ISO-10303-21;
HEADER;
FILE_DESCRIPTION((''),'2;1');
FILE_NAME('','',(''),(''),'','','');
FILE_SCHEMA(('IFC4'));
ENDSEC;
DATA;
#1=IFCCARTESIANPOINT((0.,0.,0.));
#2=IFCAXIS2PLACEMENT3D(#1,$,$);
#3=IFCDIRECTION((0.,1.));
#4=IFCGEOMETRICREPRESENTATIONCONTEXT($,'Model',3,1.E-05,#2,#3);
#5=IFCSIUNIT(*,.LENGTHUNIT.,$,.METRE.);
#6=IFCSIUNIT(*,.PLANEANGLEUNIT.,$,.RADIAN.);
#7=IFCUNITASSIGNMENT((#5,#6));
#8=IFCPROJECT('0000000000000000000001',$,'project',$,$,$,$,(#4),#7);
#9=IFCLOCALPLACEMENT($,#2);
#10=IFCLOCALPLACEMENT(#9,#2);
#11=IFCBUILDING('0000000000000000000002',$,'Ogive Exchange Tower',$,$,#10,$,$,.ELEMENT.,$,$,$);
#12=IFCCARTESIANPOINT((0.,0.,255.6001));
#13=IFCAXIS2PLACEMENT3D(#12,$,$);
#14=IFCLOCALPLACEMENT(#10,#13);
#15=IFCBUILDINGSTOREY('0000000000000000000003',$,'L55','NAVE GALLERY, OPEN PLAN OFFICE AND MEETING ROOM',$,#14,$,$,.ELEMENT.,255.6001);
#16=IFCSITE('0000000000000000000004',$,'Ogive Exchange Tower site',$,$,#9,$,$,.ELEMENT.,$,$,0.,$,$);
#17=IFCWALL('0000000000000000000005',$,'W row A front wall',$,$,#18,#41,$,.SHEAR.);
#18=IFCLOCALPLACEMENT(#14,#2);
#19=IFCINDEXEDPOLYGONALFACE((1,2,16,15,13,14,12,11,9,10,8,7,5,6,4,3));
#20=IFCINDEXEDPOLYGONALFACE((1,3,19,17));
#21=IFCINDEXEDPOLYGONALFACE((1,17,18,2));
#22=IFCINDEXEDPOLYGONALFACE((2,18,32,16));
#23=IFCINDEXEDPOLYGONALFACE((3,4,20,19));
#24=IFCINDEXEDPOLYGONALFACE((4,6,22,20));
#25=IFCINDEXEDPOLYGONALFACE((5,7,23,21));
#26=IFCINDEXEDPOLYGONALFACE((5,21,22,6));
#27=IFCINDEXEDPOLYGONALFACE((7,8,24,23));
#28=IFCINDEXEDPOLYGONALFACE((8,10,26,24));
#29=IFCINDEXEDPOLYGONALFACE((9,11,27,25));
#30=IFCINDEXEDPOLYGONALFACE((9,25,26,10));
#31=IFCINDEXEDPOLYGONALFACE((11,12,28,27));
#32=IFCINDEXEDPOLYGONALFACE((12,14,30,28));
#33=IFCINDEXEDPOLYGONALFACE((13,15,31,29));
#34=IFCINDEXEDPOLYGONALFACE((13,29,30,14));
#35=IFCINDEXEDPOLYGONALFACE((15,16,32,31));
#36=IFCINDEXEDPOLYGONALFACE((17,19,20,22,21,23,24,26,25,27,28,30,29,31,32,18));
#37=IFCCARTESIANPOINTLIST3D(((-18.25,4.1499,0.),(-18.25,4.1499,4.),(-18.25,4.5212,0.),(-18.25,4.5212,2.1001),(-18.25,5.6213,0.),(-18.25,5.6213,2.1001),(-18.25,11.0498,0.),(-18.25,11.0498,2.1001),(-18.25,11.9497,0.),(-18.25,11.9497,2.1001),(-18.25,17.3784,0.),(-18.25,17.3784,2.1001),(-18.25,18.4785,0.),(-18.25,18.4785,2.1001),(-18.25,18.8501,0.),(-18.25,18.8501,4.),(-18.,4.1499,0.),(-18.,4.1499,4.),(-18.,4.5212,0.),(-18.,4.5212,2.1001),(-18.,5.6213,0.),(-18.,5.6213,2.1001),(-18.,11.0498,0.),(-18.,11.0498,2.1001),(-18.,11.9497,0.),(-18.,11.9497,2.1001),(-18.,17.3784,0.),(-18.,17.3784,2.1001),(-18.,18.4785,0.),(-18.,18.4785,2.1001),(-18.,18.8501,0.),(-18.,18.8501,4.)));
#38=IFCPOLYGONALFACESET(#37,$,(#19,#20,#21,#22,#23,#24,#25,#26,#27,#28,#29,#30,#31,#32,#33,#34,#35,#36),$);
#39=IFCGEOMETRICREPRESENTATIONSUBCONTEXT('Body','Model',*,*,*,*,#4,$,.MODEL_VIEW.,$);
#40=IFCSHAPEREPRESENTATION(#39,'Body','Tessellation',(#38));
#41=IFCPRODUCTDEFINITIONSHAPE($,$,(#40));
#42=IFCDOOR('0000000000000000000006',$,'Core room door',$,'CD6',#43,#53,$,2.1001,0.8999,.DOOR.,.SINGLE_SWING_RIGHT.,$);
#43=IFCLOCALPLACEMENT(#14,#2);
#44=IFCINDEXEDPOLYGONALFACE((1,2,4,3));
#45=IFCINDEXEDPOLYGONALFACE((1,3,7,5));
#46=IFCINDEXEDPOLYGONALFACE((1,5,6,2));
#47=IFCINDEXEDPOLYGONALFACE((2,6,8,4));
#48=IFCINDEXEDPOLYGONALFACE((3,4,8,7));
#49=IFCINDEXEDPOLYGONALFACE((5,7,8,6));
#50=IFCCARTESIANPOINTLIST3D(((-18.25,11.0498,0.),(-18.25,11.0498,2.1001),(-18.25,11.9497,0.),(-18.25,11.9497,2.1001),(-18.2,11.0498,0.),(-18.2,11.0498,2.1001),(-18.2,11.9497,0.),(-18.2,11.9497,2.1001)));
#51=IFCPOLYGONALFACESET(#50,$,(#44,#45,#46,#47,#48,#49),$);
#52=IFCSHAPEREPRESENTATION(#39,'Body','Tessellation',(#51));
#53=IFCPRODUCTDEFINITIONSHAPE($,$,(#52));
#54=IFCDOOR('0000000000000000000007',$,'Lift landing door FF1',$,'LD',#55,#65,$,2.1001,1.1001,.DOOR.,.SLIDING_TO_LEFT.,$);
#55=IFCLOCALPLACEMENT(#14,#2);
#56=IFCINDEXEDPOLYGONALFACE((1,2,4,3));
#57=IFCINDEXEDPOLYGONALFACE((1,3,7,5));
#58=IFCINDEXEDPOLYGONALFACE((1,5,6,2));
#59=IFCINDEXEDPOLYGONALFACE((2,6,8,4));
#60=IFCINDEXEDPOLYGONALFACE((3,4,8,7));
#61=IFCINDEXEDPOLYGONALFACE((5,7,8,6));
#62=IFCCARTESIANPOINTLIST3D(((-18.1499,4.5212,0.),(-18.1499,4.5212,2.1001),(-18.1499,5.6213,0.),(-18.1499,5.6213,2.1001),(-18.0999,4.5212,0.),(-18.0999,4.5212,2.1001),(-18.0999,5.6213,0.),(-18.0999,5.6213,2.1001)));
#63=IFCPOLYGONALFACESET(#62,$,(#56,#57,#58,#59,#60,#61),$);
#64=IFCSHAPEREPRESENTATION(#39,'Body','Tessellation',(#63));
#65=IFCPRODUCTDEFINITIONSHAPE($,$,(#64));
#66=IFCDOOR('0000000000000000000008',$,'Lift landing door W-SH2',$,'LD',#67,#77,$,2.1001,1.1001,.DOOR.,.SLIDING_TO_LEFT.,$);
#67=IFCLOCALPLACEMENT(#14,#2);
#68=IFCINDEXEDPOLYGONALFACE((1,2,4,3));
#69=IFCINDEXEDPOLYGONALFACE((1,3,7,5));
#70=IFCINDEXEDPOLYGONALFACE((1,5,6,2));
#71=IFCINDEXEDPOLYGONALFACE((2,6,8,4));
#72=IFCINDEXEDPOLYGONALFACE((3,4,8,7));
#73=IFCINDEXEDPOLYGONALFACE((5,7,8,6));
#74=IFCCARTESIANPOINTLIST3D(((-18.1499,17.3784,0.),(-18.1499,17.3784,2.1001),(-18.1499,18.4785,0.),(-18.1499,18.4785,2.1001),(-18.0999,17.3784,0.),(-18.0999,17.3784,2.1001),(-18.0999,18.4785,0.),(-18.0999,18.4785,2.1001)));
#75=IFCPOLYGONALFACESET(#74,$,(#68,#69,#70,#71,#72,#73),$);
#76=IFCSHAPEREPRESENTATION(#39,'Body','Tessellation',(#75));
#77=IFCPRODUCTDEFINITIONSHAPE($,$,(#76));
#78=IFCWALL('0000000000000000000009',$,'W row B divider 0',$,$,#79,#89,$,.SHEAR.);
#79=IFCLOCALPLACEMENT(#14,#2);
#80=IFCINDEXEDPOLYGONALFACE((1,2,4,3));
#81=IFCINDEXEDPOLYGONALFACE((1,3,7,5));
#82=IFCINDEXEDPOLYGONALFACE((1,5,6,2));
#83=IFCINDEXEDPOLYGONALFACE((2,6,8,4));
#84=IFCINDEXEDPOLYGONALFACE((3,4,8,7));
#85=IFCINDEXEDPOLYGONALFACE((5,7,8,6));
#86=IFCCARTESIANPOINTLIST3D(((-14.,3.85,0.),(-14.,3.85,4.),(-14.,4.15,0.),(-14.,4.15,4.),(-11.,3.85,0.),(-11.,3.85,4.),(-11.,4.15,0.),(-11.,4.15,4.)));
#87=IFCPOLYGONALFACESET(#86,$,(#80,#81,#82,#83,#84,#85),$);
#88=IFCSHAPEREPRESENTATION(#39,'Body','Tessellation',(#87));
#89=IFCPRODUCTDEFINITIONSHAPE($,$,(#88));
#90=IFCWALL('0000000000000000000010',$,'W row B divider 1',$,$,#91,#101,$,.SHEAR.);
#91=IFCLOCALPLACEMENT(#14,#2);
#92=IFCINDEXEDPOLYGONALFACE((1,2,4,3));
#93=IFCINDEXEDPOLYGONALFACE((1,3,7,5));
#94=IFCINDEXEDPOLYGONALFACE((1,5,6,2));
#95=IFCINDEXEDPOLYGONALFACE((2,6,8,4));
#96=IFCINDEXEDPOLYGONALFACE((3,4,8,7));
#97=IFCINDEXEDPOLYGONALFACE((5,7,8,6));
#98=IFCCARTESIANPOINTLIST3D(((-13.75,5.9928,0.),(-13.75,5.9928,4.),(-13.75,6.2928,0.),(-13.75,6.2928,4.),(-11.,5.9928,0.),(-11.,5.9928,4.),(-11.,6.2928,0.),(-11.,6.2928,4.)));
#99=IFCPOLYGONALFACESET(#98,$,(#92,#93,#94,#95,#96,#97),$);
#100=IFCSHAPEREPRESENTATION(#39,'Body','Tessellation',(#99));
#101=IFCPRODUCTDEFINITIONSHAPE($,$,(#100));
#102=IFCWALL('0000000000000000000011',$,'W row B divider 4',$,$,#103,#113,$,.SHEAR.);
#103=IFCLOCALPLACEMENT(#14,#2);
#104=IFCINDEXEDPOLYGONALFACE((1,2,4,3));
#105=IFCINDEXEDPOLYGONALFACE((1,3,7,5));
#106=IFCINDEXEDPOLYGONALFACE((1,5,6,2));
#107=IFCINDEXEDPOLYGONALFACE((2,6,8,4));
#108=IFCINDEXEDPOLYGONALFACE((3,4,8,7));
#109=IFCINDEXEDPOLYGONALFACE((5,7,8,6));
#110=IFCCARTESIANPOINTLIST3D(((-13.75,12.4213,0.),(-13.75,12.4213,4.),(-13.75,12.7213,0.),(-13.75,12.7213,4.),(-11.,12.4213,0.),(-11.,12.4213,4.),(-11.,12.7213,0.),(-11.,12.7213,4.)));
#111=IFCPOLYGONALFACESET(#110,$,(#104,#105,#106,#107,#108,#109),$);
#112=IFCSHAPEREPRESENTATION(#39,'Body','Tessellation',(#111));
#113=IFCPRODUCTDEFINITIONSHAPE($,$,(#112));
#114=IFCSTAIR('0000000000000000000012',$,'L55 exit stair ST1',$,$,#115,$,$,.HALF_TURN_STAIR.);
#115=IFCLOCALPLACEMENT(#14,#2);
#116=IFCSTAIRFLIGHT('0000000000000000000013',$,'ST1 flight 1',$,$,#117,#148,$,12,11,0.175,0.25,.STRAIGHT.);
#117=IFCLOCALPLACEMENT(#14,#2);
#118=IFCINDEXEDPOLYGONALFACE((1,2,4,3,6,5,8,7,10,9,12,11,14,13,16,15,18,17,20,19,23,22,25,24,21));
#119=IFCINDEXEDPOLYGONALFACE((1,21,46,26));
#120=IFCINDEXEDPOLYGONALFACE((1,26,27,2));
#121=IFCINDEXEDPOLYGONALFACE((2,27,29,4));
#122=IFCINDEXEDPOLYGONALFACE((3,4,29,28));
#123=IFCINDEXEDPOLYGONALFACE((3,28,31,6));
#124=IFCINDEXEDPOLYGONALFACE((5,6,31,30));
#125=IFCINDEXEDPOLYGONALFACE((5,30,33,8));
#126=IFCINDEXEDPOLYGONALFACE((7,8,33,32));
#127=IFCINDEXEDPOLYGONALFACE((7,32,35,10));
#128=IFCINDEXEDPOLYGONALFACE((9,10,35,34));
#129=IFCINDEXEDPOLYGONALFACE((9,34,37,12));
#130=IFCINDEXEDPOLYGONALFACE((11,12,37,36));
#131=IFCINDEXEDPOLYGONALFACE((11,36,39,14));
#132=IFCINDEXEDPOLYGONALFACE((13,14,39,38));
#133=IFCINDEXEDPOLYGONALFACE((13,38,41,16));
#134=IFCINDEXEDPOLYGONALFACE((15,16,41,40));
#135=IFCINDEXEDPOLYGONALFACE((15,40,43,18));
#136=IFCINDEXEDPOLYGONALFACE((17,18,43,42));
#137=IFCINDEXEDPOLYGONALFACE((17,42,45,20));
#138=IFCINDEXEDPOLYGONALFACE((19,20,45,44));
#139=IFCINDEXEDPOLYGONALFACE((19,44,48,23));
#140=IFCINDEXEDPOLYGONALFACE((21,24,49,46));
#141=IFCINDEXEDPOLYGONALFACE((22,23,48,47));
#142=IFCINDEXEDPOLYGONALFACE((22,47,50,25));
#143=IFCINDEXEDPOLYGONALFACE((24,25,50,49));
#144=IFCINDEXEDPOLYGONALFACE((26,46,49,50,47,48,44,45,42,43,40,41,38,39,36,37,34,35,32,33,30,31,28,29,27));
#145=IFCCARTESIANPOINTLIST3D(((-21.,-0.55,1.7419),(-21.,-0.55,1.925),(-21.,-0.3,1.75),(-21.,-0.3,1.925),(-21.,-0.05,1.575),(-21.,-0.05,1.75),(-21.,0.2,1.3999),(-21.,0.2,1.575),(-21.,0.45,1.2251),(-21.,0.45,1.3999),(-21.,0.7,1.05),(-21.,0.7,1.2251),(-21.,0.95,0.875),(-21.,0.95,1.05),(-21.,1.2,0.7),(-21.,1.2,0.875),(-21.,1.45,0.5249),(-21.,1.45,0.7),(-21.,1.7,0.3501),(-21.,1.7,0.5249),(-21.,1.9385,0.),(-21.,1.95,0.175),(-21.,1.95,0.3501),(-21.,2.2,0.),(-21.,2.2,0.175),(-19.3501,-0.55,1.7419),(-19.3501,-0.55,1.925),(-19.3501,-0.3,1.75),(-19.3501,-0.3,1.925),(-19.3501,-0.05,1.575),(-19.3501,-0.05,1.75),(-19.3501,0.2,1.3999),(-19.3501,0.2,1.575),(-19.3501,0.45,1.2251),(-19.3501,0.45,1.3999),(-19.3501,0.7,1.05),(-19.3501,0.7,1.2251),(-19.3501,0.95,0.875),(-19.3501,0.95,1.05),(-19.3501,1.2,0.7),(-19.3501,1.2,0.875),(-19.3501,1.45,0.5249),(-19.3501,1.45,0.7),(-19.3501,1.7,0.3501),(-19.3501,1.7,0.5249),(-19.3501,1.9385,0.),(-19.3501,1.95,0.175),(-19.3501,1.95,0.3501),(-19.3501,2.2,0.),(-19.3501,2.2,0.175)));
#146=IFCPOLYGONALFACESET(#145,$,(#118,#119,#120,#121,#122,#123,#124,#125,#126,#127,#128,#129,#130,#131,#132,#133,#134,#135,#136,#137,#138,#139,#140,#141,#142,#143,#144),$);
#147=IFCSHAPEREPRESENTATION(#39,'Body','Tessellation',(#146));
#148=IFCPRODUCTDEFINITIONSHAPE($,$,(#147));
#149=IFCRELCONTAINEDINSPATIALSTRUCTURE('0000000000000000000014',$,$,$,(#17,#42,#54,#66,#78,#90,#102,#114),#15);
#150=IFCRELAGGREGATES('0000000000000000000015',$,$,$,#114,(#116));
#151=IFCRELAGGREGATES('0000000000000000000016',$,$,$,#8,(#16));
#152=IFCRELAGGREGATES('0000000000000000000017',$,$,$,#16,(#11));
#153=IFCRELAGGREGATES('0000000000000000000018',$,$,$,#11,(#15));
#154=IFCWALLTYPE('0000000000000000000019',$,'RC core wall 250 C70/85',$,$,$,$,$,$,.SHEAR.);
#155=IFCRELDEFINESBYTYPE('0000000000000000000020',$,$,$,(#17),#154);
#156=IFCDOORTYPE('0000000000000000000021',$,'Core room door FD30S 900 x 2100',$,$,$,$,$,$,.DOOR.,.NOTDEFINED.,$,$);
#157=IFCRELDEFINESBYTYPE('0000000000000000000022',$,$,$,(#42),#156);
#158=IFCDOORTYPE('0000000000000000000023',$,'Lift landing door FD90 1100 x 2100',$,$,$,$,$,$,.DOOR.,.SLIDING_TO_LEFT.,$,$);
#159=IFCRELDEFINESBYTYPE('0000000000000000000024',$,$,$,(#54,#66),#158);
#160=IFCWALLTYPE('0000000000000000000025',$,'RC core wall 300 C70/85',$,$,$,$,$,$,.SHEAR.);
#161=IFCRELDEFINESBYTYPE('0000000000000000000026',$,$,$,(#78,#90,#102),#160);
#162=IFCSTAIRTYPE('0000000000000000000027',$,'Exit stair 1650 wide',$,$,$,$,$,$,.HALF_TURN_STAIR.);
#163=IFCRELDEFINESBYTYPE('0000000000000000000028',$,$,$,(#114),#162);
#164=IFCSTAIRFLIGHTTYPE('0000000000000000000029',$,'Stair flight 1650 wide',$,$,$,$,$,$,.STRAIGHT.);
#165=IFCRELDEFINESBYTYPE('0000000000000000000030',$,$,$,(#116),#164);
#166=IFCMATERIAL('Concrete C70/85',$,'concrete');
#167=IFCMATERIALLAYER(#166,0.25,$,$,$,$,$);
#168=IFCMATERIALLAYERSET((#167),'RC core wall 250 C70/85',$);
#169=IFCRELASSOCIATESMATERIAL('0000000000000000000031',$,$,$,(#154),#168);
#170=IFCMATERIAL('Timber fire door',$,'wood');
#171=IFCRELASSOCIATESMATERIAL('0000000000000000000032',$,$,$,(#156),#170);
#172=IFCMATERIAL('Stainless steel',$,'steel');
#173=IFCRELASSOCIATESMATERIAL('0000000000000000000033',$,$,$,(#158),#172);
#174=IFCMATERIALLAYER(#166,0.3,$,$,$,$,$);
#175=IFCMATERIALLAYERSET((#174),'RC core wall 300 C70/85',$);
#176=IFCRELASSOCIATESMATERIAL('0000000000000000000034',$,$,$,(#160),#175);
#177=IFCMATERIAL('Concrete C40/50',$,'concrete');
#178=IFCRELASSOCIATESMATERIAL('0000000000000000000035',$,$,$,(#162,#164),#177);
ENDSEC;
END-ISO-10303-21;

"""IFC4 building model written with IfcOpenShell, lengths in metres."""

from ifc_helpers import new_model, si_unit, direction, frame, frame_2d, origin, place, context, subcontext, project, spatial, polyline, rectangle, outline, extrude, material, layer, layer_set, type_object, element, fill, aggregate, save


model = new_model("IFC4")

# Units and contexts
model_context = context("Model", 3, precision=1e-05, world=origin(), true_north=direction((0.0, 1.0)))
body_context = subcontext(model_context, "Body", "Model", "MODEL_VIEW")
ifc_project = project(units=[si_unit("LENGTHUNIT", "METRE"), si_unit("PLANEANGLEUNIT", "RADIAN")], contexts=[model_context])

# Site, building, storey
site_placement = place(None, origin())
site = spatial("IfcSite", under=ifc_project, at=site_placement, Name="Ogive Exchange Tower site", CompositionType="ELEMENT", RefElevation=0.0)
building_placement = place(site_placement, origin())
building = spatial("IfcBuilding", under=site, at=building_placement, Name="Ogive Exchange Tower", CompositionType="ELEMENT")
storey_placement = place(building_placement, frame((0.0, 0.0, 255.6001)))
storey = spatial("IfcBuildingStorey", under=building, at=storey_placement, Name="L55", Description="NAVE GALLERY, OPEN PLAN OFFICE AND MEETING ROOM", CompositionType="ELEMENT", Elevation=255.6001)

# Shared definitions
ifc_material_1 = material(Name="Concrete C70/85", Category="concrete")

# Wall, openings, doors
ifc_layer_1 = layer(ifc_material_1, 0.25)
ifc_layer_set_1 = layer_set([ifc_layer_1], Name="RC core wall 250 C70/85")
wall_type_1 = type_object("IfcWallType", Name="RC core wall 250 C70/85", PredefinedType="SHEAR", material=ifc_layer_set_1)
wall_1_placement = place(storey_placement, frame((-18.125, 4.1499, 0.0), z_axis=(0.0, 0.0, 1.0), x_axis=(0.0, 1.0, 0.0)))
wall_1 = element("IfcWall", 1, at=wall_1_placement, inside=storey, type_object=wall_type_1, Name="W row A front wall", PredefinedType="SHEAR", context=body_context, shape_type="SweptSolid", body=[
    extrude(rectangle(XDim=14.7002, YDim=0.25, at=frame_2d((7.3501, 0.0))), origin(), (0.0, 0.0, 1.0), 4.0),
])
opening_1_placement = place(wall_1_placement, frame((6.8999, 0.0, 0.0)))
opening_1 = element("IfcOpeningElement", 2, at=opening_1_placement, cuts=wall_1, PredefinedType="OPENING", context=body_context, shape_type="SweptSolid", body=[
    extrude(rectangle(XDim=0.8999, YDim=2.1001, at=frame_2d((0.45, 1.05))), frame((0.0, 0.135, 0.0), z_axis=(0.0, -1.0, 0.0), x_axis=(1.0, 0.0, 0.0)), (0.0, 0.0, 1.0), 0.27),
])
opening_2_placement = place(wall_1_placement, frame((0.3713, 0.0, 0.0)))
opening_2 = element("IfcOpeningElement", 3, at=opening_2_placement, cuts=wall_1, PredefinedType="OPENING", context=body_context, shape_type="SweptSolid", body=[
    extrude(rectangle(XDim=1.1001, YDim=2.1001, at=frame_2d((0.55, 1.05))), frame((0.0, 0.135, 0.0), z_axis=(0.0, -1.0, 0.0), x_axis=(1.0, 0.0, 0.0)), (0.0, 0.0, 1.0), 0.27),
])
opening_3_placement = place(wall_1_placement, frame((13.2285, 0.0, 0.0)))
opening_3 = element("IfcOpeningElement", 4, at=opening_3_placement, cuts=wall_1, PredefinedType="OPENING", context=body_context, shape_type="SweptSolid", body=[
    extrude(rectangle(XDim=1.1001, YDim=2.1001, at=frame_2d((0.55, 1.05))), frame((0.0, 0.135, 0.0), z_axis=(0.0, -1.0, 0.0), x_axis=(1.0, 0.0, 0.0)), (0.0, 0.0, 1.0), 0.27),
])
ifc_material_2 = material(Name="Timber fire door", Category="wood")
door_type_1 = type_object("IfcDoorType", Name="Core room door FD30S 900 x 2100", OperationType="NOTDEFINED", PredefinedType="DOOR", material=ifc_material_2)
door_1_placement = place(opening_1_placement, origin())
door_1 = element("IfcDoor", 5, at=door_1_placement, inside=storey, type_object=door_type_1, Name="Core room door", ObjectType="CD6", OperationType="SINGLE_SWING_RIGHT", OverallHeight=2.1001, OverallWidth=0.8999, PredefinedType="DOOR", context=body_context, shape_type="SweptSolid", body=[
    extrude(rectangle(XDim=0.8999, YDim=2.1001, at=frame_2d((0.45, 1.05))), frame((0.0, 0.125, 0.0), z_axis=(0.0, -1.0, 0.0), x_axis=(1.0, 0.0, 0.0)), (0.0, 0.0, 1.0), 0.05),
])
fill(opening_1, door_1)
ifc_material_3 = material(Name="Stainless steel", Category="steel")
door_type_2 = type_object("IfcDoorType", Name="Lift landing door FD90 1100 x 2100", OperationType="SLIDING_TO_LEFT", PredefinedType="DOOR", material=ifc_material_3)
door_2_placement = place(opening_2_placement, origin())
door_2 = element("IfcDoor", 6, at=door_2_placement, inside=storey, type_object=door_type_2, Name="Lift landing door FF1", ObjectType="LD", OperationType="SLIDING_TO_LEFT", OverallHeight=2.1001, OverallWidth=1.1001, PredefinedType="DOOR", context=body_context, shape_type="SweptSolid", body=[
    extrude(rectangle(XDim=1.1001, YDim=2.1001, at=frame_2d((0.55, 1.05))), frame((0.0, 0.0249, 0.0), z_axis=(0.0, -1.0, 0.0), x_axis=(1.0, 0.0, 0.0)), (0.0, 0.0, 1.0), 0.05),
])
fill(opening_2, door_2)
door_3_placement = place(opening_3_placement, origin())
door_3 = element("IfcDoor", 7, at=door_3_placement, inside=storey, type_object=door_type_2, Name="Lift landing door W-SH2", ObjectType="LD", OperationType="SLIDING_TO_LEFT", OverallHeight=2.1001, OverallWidth=1.1001, PredefinedType="DOOR", context=body_context, shape_type="SweptSolid", body=[
    extrude(rectangle(XDim=1.1001, YDim=2.1001, at=frame_2d((0.55, 1.05))), frame((0.0, 0.0249, 0.0), z_axis=(0.0, -1.0, 0.0), x_axis=(1.0, 0.0, 0.0)), (0.0, 0.0, 1.0), 0.05),
])
fill(opening_3, door_3)

# Walls
ifc_layer_2 = layer(ifc_material_1, 0.3)
ifc_layer_set_2 = layer_set([ifc_layer_2], Name="RC core wall 300 C70/85")
wall_type_2 = type_object("IfcWallType", Name="RC core wall 300 C70/85", PredefinedType="SHEAR", material=ifc_layer_set_2)
wall_2_placement = place(storey_placement, frame((-14.0, 4.0, 0.0), z_axis=(0.0, 0.0, 1.0), x_axis=(1.0, 0.0, 0.0)))
element("IfcWall", 8, at=wall_2_placement, inside=storey, type_object=wall_type_2, Name="W row B divider 0", PredefinedType="SHEAR", context=body_context, shape_type="SweptSolid", body=[
    extrude(rectangle(XDim=3.0, YDim=0.3, at=frame_2d((1.5, 0.0))), origin(), (0.0, 0.0, 1.0), 4.0),
])
for number, where, z_axis, x_axis, name in (
    (9, (-13.75, 6.1428, 0.0), (0.0, 0.0, 1.0), (1.0, 0.0, 0.0), "W row B divider 1"),
    (10, (-13.75, 12.5713, 0.0), (0.0, 0.0, 1.0), (1.0, 0.0, 0.0), "W row B divider 4"),
):
    element("IfcWall", number, at=place(storey_placement, frame(where, z_axis=z_axis, x_axis=x_axis)), inside=storey, type_object=wall_type_2, Name=name, PredefinedType="SHEAR", context=body_context, shape_type="SweptSolid", body=[
        extrude(rectangle(XDim=2.75, YDim=0.3, at=frame_2d((1.375, 0.0))), origin(), (0.0, 0.0, 1.0), 4.0),
    ])

# Stair, stair flight
ifc_material_4 = material(Name="Concrete C40/50", Category="concrete")
stair_type = type_object("IfcStairType", Name="Exit stair 1650 wide", PredefinedType="HALF_TURN_STAIR", material=ifc_material_4)
stair_placement = place(storey_placement, origin())
stair = element("IfcStair", 11, at=stair_placement, inside=storey, type_object=stair_type, Name="L55 exit stair ST1", PredefinedType="HALF_TURN_STAIR")
stair_flight_type = type_object("IfcStairFlightType", Name="Stair flight 1650 wide", PredefinedType="STRAIGHT", material=ifc_material_4)
stair_flight_placement = place(storey_placement, frame((-20.175, 2.2, 0.0), z_axis=(0.0, 0.0, 1.0), x_axis=(0.0, -1.0, 0.0)))
stair_flight = element("IfcStairFlight", 12, at=stair_flight_placement, type_object=stair_flight_type, Name="ST1 flight 1", NumberOfRisers=12, NumberOfTreads=11, PredefinedType="STRAIGHT", RiserHeight=0.175, TreadLength=0.25, context=body_context, shape_type="SweptSolid", body=[
    extrude(outline(polyline([(0.0, 0.0), (0.0, 0.175), (0.25, 0.175), (0.25, 0.3501), (0.5, 0.3501), (0.5, 0.5249), (0.75, 0.5249), (0.75, 0.7), (1.0, 0.7), (1.0, 0.875), (1.25, 0.875), (1.25, 1.05), (1.5, 1.05), (1.5, 1.2251), (1.75, 1.2251), (1.75, 1.3999), (2.0, 1.3999), (2.0, 1.575), (2.25, 1.575), (2.25, 1.75), (2.5, 1.75), (2.5, 1.925), (2.75, 1.925), (2.75, 2.1001), (2.75, 1.7419), (0.2615, 0.0), (0.0, 0.0)])), frame((0.0, 0.825, 0.0), z_axis=(0.0, -1.0, 0.0), x_axis=(1.0, 0.0, 0.0)), (0.0, 0.0, 1.0), 1.6499),
])
aggregate(stair, [stair_flight])

save(model, "model.ifc")
